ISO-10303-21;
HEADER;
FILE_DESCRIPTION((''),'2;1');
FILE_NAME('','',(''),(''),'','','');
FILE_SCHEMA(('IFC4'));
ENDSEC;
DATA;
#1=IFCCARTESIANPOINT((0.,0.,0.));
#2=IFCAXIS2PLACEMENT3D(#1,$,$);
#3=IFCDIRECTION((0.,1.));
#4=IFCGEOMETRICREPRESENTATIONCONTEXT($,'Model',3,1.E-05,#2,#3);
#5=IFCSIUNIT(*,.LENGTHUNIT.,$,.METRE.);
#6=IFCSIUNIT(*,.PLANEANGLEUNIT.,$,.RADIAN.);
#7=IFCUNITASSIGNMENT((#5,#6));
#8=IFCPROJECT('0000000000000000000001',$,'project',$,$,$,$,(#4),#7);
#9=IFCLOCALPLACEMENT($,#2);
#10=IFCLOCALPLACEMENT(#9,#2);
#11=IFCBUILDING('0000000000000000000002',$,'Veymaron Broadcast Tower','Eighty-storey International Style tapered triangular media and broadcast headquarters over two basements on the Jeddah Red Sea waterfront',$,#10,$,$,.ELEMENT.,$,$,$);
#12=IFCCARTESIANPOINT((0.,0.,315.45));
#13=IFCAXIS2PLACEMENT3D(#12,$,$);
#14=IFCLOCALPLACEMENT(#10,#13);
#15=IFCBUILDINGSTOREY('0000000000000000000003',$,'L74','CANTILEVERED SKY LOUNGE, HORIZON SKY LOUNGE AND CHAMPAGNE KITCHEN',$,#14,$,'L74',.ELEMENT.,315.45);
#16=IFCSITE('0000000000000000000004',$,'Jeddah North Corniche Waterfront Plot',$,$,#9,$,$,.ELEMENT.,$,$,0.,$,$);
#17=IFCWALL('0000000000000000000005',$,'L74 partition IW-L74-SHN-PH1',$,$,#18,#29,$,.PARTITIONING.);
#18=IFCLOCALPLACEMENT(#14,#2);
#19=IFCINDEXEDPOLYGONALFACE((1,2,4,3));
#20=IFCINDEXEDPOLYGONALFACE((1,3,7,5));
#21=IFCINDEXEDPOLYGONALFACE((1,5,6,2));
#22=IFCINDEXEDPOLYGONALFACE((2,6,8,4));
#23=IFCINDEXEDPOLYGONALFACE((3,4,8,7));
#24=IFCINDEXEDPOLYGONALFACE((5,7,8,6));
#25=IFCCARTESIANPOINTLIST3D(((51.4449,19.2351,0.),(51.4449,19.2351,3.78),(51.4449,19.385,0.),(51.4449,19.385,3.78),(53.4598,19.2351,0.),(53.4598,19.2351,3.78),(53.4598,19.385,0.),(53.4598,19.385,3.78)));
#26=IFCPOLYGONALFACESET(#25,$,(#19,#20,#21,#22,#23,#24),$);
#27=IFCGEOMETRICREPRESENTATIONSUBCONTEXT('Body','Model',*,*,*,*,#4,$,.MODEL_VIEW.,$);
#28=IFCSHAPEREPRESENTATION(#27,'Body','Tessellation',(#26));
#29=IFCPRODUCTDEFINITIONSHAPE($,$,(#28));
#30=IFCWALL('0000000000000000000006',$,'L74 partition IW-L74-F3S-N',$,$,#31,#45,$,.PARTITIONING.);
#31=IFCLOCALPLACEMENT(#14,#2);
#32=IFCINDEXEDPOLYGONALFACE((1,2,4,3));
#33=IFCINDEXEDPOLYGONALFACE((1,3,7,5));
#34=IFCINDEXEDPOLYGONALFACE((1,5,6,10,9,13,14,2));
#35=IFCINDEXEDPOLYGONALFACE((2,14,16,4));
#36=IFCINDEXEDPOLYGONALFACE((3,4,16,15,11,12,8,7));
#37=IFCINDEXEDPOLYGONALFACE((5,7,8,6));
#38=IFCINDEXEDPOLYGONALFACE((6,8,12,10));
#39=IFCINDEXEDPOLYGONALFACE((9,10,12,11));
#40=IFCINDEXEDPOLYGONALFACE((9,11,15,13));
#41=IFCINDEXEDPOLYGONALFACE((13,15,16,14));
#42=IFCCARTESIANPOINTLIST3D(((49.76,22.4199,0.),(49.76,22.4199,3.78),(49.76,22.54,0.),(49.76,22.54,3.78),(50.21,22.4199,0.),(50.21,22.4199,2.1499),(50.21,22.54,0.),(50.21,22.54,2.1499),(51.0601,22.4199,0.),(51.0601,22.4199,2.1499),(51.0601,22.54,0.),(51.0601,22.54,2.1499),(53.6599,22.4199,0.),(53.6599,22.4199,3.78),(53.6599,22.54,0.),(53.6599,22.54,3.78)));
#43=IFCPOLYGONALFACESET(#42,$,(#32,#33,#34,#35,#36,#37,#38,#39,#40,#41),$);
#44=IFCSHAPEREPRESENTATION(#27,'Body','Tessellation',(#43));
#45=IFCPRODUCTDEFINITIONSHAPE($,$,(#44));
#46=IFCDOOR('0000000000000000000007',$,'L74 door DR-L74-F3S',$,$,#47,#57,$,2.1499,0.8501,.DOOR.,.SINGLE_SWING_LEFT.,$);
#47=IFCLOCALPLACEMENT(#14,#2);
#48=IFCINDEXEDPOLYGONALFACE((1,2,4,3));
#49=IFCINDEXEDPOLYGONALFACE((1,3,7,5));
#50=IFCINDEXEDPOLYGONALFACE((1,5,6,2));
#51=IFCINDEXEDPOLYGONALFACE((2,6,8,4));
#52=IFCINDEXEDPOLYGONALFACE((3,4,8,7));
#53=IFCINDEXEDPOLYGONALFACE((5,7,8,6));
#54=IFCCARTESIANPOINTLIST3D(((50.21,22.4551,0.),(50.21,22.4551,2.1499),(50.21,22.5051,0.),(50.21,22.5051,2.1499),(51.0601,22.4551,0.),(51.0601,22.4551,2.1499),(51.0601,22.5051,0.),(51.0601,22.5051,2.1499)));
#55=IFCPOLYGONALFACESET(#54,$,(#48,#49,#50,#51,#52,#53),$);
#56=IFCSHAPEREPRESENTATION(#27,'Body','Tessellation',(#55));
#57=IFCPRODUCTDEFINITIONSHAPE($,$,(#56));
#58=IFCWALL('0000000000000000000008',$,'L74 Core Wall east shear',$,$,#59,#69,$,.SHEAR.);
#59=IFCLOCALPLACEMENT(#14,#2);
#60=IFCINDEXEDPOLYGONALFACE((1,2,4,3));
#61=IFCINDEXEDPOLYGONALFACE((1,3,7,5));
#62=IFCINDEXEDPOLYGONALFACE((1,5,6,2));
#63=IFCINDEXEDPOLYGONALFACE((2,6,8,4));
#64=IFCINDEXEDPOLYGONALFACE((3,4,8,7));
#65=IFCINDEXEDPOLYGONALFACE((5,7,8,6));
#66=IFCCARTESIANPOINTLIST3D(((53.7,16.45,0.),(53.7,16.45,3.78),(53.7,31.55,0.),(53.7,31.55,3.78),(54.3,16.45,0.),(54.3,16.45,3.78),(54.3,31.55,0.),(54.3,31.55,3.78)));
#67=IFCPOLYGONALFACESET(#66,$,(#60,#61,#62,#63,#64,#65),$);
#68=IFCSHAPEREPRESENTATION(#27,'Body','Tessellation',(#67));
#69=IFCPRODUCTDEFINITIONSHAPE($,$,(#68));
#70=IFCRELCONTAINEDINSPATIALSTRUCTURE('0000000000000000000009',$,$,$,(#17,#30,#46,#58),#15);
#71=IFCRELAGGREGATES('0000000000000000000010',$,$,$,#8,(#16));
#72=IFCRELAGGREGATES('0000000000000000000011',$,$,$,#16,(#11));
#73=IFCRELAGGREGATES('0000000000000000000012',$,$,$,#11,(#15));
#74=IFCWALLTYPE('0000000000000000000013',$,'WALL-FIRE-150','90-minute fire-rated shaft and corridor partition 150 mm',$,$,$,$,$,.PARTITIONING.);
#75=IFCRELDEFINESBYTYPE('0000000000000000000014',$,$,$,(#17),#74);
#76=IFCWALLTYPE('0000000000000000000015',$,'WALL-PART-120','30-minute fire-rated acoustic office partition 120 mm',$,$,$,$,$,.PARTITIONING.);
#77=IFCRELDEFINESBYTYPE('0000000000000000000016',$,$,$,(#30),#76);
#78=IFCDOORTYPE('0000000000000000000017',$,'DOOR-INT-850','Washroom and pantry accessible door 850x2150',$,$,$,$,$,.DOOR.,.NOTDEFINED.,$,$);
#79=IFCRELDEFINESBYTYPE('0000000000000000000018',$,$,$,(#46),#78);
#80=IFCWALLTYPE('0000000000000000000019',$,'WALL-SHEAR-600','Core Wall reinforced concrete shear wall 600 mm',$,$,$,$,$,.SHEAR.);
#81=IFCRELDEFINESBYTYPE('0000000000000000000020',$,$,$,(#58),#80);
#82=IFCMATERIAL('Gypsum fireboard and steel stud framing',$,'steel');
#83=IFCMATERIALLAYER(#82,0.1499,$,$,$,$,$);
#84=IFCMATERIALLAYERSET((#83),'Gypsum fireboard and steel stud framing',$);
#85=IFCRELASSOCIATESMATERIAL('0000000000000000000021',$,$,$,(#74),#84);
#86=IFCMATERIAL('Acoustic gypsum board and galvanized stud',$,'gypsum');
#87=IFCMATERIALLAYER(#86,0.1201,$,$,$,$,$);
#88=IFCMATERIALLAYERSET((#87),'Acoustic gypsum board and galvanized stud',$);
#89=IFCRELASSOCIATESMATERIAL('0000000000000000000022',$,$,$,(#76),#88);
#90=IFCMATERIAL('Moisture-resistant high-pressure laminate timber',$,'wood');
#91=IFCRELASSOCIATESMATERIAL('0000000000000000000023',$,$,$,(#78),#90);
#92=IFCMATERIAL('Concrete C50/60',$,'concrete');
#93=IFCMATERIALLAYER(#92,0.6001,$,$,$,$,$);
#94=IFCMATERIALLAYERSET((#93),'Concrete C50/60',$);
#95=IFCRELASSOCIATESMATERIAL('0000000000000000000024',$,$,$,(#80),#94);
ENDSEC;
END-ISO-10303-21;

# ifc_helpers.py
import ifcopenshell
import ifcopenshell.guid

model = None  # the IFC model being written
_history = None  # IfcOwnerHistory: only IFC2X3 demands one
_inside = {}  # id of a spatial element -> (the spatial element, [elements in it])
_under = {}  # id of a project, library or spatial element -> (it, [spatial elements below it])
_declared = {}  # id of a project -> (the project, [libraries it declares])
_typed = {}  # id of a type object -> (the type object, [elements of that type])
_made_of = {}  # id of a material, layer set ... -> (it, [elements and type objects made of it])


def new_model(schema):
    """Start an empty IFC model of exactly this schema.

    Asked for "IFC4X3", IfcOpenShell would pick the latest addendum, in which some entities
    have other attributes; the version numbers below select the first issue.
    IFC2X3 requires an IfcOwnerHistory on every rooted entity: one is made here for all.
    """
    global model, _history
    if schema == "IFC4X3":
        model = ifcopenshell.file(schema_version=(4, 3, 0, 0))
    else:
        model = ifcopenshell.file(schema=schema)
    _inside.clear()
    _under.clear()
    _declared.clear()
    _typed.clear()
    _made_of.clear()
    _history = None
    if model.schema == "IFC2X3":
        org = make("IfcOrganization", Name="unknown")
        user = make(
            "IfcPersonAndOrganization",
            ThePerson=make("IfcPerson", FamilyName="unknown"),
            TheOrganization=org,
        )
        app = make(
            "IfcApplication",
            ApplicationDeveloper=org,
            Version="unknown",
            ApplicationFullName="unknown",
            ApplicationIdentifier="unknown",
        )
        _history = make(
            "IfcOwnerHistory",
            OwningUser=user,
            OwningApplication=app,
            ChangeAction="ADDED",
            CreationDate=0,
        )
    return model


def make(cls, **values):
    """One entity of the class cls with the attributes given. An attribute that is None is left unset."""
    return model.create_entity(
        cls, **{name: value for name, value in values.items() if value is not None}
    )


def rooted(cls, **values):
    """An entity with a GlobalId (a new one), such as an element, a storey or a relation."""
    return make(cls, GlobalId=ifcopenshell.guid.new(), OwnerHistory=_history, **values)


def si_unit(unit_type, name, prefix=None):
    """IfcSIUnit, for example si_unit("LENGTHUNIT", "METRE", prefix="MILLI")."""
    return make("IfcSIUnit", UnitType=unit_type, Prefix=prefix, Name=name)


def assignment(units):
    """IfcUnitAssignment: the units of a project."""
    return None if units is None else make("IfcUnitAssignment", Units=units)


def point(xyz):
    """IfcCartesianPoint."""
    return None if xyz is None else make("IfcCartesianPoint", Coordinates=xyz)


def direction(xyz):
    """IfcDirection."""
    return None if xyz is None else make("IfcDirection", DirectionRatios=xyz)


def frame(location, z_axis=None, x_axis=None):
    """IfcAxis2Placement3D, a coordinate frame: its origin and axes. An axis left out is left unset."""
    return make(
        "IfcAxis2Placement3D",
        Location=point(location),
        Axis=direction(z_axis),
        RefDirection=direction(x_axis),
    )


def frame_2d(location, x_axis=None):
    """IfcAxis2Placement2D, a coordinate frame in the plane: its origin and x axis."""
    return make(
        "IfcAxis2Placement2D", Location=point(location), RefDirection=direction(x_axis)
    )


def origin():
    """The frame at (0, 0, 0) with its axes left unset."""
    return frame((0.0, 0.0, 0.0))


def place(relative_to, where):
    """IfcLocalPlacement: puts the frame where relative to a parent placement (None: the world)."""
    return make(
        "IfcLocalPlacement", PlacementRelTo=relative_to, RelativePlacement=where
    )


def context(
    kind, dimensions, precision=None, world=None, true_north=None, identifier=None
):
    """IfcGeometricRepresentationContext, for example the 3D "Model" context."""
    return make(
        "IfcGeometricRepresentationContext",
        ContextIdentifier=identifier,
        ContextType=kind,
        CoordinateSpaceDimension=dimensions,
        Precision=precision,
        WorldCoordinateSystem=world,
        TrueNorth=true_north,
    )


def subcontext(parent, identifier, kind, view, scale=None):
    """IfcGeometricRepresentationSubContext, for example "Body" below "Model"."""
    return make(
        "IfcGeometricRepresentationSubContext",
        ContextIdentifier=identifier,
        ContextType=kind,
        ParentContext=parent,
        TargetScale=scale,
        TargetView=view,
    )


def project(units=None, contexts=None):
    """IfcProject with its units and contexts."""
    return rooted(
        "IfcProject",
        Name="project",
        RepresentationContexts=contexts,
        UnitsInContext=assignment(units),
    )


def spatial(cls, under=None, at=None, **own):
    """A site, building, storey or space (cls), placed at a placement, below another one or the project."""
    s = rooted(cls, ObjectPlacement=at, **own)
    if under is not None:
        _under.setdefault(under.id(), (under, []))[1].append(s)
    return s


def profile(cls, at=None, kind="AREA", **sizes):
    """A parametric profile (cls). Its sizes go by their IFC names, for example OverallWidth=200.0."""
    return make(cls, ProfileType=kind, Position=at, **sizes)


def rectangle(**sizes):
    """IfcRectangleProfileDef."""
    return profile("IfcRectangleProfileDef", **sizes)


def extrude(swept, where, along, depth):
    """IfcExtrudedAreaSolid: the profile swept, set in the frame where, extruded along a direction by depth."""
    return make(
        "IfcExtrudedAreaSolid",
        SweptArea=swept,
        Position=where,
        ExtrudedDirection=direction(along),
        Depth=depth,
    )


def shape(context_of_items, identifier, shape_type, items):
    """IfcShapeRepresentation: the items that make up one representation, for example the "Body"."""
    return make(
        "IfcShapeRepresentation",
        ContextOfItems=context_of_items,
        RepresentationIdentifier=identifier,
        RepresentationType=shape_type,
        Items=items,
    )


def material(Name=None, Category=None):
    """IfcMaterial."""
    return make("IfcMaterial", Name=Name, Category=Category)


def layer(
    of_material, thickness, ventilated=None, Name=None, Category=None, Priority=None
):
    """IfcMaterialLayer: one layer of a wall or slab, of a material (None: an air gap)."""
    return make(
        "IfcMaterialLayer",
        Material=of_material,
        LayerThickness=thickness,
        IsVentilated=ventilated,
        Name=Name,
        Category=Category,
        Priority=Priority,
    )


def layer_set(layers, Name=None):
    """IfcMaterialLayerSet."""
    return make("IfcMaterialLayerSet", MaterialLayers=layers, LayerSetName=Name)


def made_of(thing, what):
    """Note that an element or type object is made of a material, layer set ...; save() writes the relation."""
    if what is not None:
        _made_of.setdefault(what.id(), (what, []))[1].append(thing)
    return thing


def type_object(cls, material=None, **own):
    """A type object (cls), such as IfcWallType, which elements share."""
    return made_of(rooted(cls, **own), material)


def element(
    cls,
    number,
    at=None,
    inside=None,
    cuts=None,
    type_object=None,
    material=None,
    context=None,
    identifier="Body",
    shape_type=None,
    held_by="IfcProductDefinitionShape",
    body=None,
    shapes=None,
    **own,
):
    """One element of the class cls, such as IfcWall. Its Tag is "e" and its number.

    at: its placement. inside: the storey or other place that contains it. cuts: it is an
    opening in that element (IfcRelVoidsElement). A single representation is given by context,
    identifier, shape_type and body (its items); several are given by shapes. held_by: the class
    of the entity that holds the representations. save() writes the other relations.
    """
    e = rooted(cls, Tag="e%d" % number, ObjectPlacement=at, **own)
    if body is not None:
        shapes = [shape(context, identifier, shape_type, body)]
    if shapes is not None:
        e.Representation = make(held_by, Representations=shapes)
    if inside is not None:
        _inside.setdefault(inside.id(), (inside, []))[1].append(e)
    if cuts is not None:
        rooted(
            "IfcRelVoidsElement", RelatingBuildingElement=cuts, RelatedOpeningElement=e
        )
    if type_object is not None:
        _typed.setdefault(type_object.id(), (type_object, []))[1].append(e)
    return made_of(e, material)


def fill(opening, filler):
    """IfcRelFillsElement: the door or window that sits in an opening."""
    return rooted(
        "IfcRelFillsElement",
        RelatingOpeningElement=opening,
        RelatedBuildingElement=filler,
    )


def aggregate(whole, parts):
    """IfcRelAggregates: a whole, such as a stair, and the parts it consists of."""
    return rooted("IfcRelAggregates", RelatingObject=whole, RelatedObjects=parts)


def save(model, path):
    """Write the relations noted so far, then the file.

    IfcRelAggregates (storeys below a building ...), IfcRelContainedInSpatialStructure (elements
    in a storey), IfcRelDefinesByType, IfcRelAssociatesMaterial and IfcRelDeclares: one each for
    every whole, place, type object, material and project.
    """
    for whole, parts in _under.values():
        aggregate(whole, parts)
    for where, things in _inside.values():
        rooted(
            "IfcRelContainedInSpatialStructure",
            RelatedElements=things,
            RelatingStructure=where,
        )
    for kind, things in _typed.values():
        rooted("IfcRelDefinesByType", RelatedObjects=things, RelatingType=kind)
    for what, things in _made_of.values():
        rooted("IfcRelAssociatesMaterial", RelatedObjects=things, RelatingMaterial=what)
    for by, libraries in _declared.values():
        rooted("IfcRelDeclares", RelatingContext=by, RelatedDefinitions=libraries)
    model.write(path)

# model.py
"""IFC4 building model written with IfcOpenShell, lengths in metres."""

from ifc_helpers import new_model, si_unit, direction, frame, frame_2d, origin, place, context, subcontext, project, spatial, rectangle, extrude, material, layer, layer_set, type_object, element, fill, save


model = new_model("IFC4")

# Units and contexts
model_context = context("Model", 3, precision=1e-05, world=origin(), true_north=direction((0.0, 1.0)))
body_context = subcontext(model_context, "Body", "Model", "MODEL_VIEW")
ifc_project = project(units=[si_unit("LENGTHUNIT", "METRE"), si_unit("PLANEANGLEUNIT", "RADIAN")], contexts=[model_context])

# Site, building, storey
site_placement = place(None, origin())
site = spatial("IfcSite", under=ifc_project, at=site_placement, Name="Jeddah North Corniche Waterfront Plot", CompositionType="ELEMENT", RefElevation=0.0)
building_placement = place(site_placement, origin())
building = spatial("IfcBuilding", under=site, at=building_placement, Name="Veymaron Broadcast Tower", Description="Eighty-storey International Style tapered triangular media and broadcast headquarters over two basements on the Jeddah Red Sea waterfront", CompositionType="ELEMENT")
storey_placement = place(building_placement, frame((0.0, 0.0, 315.45)))
storey = spatial("IfcBuildingStorey", under=building, at=storey_placement, Name="L74", Description="CANTILEVERED SKY LOUNGE, HORIZON SKY LOUNGE AND CHAMPAGNE KITCHEN", LongName="L74", CompositionType="ELEMENT", Elevation=315.45)

# Shared definitions
ifc_material_1 = material(Name="Gypsum fireboard and steel stud framing", Category="steel")
ifc_layer_1 = layer(ifc_material_1, 0.1499)
ifc_layer_set_1 = layer_set([ifc_layer_1], Name="Gypsum fireboard and steel stud framing")
wall_type_1 = type_object("IfcWallType", Name="WALL-FIRE-150", Description="90-minute fire-rated shaft and corridor partition 150 mm", PredefinedType="PARTITIONING", material=ifc_layer_set_1)

# Wall
for number, where, z_axis, x_axis, name in (
    (1, (51.4451, 19.3101, 0.0), (0.0, 0.0, 1.0), (1.0, 0.0, 0.0), "L74 partition IW-L74-SHN-PH1"),
):
    element("IfcWall", number, at=place(storey_placement, frame(where, z_axis=z_axis, x_axis=x_axis)), inside=storey, type_object=wall_type_1, Name=name, PredefinedType="PARTITIONING", context=body_context, shape_type="SweptSolid", body=[
        extrude(rectangle(XDim=2.0149, YDim=0.1499, at=frame_2d((1.0073, 0.0))), origin(), (0.0, 0.0, 1.0), 3.78),
    ])

# Wall, opening, door
ifc_material_2 = material(Name="Acoustic gypsum board and galvanized stud", Category="gypsum")
ifc_layer_2 = layer(ifc_material_2, 0.1201)
ifc_layer_set_2 = layer_set([ifc_layer_2], Name="Acoustic gypsum board and galvanized stud")
wall_type_2 = type_object("IfcWallType", Name="WALL-PART-120", Description="30-minute fire-rated acoustic office partition 120 mm", PredefinedType="PARTITIONING", material=ifc_layer_set_2)
wall_1_placement = place(storey_placement, frame((49.76, 22.48, 0.0), z_axis=(0.0, 0.0, 1.0), x_axis=(1.0, 0.0, 0.0)))
wall_1 = element("IfcWall", 2, at=wall_1_placement, inside=storey, type_object=wall_type_2, Name="L74 partition IW-L74-F3S-N", PredefinedType="PARTITIONING", context=body_context, shape_type="SweptSolid", body=[
    extrude(rectangle(XDim=3.8999, YDim=0.1201, at=frame_2d((1.95, 0.0))), origin(), (0.0, 0.0, 1.0), 3.78),
])
opening_1_placement = place(wall_1_placement, frame((0.45, 0.0, 0.0)))
opening_1 = element("IfcOpeningElement", 3, at=opening_1_placement, cuts=wall_1, PredefinedType="OPENING", context=body_context, shape_type="SweptSolid", body=[
    extrude(rectangle(XDim=0.8501, YDim=2.1499, at=frame_2d((0.425, 1.075))), frame((0.0, 0.0701, 0.0), z_axis=(0.0, -1.0, 0.0), x_axis=(1.0, 0.0, 0.0)), (0.0, 0.0, 1.0), 0.1401),
])
ifc_material_3 = material(Name="Moisture-resistant high-pressure laminate timber", Category="wood")
door_type_1 = type_object("IfcDoorType", Name="DOOR-INT-850", Description="Washroom and pantry accessible door 850x2150", OperationType="NOTDEFINED", PredefinedType="DOOR", material=ifc_material_3)
door_1_placement = place(opening_1_placement, frame((0.8501, 0.0, 0.0), z_axis=(0.0, 0.0, 1.0), x_axis=(-1.0, 0.0, 0.0)))
door_1 = element("IfcDoor", 4, at=door_1_placement, inside=storey, type_object=door_type_1, Name="L74 door DR-L74-F3S", OperationType="SINGLE_SWING_LEFT", OverallHeight=2.1499, OverallWidth=0.8501, PredefinedType="DOOR", context=body_context, shape_type="SweptSolid", body=[
    extrude(rectangle(XDim=0.8501, YDim=2.1499, at=frame_2d((0.425, 1.075))), frame((0.0, 0.0249, 0.0), z_axis=(0.0, -1.0, 0.0), x_axis=(1.0, 0.0, 0.0)), (0.0, 0.0, 1.0), 0.05),
])
fill(opening_1, door_1)

# Wall
ifc_material_4 = material(Name="Concrete C50/60", Category="concrete")
ifc_layer_3 = layer(ifc_material_4, 0.6001)
ifc_layer_set_3 = layer_set([ifc_layer_3], Name="Concrete C50/60")
wall_type_3 = type_object("IfcWallType", Name="WALL-SHEAR-600", Description="Core Wall reinforced concrete shear wall 600 mm", PredefinedType="SHEAR", material=ifc_layer_set_3)
wall_2_placement = place(storey_placement, frame((54.0, 16.45, 0.0), z_axis=(0.0, 0.0, 1.0), x_axis=(0.0, 1.0, 0.0)))
element("IfcWall", 5, at=wall_2_placement, inside=storey, type_object=wall_type_3, Name="L74 Core Wall east shear", PredefinedType="SHEAR", context=body_context, shape_type="SweptSolid", body=[
    extrude(rectangle(XDim=15.1001, YDim=0.6001, at=frame_2d((7.55, 0.0))), origin(), (0.0, 0.0, 1.0), 3.78),
])

save(model, "model.ifc")
